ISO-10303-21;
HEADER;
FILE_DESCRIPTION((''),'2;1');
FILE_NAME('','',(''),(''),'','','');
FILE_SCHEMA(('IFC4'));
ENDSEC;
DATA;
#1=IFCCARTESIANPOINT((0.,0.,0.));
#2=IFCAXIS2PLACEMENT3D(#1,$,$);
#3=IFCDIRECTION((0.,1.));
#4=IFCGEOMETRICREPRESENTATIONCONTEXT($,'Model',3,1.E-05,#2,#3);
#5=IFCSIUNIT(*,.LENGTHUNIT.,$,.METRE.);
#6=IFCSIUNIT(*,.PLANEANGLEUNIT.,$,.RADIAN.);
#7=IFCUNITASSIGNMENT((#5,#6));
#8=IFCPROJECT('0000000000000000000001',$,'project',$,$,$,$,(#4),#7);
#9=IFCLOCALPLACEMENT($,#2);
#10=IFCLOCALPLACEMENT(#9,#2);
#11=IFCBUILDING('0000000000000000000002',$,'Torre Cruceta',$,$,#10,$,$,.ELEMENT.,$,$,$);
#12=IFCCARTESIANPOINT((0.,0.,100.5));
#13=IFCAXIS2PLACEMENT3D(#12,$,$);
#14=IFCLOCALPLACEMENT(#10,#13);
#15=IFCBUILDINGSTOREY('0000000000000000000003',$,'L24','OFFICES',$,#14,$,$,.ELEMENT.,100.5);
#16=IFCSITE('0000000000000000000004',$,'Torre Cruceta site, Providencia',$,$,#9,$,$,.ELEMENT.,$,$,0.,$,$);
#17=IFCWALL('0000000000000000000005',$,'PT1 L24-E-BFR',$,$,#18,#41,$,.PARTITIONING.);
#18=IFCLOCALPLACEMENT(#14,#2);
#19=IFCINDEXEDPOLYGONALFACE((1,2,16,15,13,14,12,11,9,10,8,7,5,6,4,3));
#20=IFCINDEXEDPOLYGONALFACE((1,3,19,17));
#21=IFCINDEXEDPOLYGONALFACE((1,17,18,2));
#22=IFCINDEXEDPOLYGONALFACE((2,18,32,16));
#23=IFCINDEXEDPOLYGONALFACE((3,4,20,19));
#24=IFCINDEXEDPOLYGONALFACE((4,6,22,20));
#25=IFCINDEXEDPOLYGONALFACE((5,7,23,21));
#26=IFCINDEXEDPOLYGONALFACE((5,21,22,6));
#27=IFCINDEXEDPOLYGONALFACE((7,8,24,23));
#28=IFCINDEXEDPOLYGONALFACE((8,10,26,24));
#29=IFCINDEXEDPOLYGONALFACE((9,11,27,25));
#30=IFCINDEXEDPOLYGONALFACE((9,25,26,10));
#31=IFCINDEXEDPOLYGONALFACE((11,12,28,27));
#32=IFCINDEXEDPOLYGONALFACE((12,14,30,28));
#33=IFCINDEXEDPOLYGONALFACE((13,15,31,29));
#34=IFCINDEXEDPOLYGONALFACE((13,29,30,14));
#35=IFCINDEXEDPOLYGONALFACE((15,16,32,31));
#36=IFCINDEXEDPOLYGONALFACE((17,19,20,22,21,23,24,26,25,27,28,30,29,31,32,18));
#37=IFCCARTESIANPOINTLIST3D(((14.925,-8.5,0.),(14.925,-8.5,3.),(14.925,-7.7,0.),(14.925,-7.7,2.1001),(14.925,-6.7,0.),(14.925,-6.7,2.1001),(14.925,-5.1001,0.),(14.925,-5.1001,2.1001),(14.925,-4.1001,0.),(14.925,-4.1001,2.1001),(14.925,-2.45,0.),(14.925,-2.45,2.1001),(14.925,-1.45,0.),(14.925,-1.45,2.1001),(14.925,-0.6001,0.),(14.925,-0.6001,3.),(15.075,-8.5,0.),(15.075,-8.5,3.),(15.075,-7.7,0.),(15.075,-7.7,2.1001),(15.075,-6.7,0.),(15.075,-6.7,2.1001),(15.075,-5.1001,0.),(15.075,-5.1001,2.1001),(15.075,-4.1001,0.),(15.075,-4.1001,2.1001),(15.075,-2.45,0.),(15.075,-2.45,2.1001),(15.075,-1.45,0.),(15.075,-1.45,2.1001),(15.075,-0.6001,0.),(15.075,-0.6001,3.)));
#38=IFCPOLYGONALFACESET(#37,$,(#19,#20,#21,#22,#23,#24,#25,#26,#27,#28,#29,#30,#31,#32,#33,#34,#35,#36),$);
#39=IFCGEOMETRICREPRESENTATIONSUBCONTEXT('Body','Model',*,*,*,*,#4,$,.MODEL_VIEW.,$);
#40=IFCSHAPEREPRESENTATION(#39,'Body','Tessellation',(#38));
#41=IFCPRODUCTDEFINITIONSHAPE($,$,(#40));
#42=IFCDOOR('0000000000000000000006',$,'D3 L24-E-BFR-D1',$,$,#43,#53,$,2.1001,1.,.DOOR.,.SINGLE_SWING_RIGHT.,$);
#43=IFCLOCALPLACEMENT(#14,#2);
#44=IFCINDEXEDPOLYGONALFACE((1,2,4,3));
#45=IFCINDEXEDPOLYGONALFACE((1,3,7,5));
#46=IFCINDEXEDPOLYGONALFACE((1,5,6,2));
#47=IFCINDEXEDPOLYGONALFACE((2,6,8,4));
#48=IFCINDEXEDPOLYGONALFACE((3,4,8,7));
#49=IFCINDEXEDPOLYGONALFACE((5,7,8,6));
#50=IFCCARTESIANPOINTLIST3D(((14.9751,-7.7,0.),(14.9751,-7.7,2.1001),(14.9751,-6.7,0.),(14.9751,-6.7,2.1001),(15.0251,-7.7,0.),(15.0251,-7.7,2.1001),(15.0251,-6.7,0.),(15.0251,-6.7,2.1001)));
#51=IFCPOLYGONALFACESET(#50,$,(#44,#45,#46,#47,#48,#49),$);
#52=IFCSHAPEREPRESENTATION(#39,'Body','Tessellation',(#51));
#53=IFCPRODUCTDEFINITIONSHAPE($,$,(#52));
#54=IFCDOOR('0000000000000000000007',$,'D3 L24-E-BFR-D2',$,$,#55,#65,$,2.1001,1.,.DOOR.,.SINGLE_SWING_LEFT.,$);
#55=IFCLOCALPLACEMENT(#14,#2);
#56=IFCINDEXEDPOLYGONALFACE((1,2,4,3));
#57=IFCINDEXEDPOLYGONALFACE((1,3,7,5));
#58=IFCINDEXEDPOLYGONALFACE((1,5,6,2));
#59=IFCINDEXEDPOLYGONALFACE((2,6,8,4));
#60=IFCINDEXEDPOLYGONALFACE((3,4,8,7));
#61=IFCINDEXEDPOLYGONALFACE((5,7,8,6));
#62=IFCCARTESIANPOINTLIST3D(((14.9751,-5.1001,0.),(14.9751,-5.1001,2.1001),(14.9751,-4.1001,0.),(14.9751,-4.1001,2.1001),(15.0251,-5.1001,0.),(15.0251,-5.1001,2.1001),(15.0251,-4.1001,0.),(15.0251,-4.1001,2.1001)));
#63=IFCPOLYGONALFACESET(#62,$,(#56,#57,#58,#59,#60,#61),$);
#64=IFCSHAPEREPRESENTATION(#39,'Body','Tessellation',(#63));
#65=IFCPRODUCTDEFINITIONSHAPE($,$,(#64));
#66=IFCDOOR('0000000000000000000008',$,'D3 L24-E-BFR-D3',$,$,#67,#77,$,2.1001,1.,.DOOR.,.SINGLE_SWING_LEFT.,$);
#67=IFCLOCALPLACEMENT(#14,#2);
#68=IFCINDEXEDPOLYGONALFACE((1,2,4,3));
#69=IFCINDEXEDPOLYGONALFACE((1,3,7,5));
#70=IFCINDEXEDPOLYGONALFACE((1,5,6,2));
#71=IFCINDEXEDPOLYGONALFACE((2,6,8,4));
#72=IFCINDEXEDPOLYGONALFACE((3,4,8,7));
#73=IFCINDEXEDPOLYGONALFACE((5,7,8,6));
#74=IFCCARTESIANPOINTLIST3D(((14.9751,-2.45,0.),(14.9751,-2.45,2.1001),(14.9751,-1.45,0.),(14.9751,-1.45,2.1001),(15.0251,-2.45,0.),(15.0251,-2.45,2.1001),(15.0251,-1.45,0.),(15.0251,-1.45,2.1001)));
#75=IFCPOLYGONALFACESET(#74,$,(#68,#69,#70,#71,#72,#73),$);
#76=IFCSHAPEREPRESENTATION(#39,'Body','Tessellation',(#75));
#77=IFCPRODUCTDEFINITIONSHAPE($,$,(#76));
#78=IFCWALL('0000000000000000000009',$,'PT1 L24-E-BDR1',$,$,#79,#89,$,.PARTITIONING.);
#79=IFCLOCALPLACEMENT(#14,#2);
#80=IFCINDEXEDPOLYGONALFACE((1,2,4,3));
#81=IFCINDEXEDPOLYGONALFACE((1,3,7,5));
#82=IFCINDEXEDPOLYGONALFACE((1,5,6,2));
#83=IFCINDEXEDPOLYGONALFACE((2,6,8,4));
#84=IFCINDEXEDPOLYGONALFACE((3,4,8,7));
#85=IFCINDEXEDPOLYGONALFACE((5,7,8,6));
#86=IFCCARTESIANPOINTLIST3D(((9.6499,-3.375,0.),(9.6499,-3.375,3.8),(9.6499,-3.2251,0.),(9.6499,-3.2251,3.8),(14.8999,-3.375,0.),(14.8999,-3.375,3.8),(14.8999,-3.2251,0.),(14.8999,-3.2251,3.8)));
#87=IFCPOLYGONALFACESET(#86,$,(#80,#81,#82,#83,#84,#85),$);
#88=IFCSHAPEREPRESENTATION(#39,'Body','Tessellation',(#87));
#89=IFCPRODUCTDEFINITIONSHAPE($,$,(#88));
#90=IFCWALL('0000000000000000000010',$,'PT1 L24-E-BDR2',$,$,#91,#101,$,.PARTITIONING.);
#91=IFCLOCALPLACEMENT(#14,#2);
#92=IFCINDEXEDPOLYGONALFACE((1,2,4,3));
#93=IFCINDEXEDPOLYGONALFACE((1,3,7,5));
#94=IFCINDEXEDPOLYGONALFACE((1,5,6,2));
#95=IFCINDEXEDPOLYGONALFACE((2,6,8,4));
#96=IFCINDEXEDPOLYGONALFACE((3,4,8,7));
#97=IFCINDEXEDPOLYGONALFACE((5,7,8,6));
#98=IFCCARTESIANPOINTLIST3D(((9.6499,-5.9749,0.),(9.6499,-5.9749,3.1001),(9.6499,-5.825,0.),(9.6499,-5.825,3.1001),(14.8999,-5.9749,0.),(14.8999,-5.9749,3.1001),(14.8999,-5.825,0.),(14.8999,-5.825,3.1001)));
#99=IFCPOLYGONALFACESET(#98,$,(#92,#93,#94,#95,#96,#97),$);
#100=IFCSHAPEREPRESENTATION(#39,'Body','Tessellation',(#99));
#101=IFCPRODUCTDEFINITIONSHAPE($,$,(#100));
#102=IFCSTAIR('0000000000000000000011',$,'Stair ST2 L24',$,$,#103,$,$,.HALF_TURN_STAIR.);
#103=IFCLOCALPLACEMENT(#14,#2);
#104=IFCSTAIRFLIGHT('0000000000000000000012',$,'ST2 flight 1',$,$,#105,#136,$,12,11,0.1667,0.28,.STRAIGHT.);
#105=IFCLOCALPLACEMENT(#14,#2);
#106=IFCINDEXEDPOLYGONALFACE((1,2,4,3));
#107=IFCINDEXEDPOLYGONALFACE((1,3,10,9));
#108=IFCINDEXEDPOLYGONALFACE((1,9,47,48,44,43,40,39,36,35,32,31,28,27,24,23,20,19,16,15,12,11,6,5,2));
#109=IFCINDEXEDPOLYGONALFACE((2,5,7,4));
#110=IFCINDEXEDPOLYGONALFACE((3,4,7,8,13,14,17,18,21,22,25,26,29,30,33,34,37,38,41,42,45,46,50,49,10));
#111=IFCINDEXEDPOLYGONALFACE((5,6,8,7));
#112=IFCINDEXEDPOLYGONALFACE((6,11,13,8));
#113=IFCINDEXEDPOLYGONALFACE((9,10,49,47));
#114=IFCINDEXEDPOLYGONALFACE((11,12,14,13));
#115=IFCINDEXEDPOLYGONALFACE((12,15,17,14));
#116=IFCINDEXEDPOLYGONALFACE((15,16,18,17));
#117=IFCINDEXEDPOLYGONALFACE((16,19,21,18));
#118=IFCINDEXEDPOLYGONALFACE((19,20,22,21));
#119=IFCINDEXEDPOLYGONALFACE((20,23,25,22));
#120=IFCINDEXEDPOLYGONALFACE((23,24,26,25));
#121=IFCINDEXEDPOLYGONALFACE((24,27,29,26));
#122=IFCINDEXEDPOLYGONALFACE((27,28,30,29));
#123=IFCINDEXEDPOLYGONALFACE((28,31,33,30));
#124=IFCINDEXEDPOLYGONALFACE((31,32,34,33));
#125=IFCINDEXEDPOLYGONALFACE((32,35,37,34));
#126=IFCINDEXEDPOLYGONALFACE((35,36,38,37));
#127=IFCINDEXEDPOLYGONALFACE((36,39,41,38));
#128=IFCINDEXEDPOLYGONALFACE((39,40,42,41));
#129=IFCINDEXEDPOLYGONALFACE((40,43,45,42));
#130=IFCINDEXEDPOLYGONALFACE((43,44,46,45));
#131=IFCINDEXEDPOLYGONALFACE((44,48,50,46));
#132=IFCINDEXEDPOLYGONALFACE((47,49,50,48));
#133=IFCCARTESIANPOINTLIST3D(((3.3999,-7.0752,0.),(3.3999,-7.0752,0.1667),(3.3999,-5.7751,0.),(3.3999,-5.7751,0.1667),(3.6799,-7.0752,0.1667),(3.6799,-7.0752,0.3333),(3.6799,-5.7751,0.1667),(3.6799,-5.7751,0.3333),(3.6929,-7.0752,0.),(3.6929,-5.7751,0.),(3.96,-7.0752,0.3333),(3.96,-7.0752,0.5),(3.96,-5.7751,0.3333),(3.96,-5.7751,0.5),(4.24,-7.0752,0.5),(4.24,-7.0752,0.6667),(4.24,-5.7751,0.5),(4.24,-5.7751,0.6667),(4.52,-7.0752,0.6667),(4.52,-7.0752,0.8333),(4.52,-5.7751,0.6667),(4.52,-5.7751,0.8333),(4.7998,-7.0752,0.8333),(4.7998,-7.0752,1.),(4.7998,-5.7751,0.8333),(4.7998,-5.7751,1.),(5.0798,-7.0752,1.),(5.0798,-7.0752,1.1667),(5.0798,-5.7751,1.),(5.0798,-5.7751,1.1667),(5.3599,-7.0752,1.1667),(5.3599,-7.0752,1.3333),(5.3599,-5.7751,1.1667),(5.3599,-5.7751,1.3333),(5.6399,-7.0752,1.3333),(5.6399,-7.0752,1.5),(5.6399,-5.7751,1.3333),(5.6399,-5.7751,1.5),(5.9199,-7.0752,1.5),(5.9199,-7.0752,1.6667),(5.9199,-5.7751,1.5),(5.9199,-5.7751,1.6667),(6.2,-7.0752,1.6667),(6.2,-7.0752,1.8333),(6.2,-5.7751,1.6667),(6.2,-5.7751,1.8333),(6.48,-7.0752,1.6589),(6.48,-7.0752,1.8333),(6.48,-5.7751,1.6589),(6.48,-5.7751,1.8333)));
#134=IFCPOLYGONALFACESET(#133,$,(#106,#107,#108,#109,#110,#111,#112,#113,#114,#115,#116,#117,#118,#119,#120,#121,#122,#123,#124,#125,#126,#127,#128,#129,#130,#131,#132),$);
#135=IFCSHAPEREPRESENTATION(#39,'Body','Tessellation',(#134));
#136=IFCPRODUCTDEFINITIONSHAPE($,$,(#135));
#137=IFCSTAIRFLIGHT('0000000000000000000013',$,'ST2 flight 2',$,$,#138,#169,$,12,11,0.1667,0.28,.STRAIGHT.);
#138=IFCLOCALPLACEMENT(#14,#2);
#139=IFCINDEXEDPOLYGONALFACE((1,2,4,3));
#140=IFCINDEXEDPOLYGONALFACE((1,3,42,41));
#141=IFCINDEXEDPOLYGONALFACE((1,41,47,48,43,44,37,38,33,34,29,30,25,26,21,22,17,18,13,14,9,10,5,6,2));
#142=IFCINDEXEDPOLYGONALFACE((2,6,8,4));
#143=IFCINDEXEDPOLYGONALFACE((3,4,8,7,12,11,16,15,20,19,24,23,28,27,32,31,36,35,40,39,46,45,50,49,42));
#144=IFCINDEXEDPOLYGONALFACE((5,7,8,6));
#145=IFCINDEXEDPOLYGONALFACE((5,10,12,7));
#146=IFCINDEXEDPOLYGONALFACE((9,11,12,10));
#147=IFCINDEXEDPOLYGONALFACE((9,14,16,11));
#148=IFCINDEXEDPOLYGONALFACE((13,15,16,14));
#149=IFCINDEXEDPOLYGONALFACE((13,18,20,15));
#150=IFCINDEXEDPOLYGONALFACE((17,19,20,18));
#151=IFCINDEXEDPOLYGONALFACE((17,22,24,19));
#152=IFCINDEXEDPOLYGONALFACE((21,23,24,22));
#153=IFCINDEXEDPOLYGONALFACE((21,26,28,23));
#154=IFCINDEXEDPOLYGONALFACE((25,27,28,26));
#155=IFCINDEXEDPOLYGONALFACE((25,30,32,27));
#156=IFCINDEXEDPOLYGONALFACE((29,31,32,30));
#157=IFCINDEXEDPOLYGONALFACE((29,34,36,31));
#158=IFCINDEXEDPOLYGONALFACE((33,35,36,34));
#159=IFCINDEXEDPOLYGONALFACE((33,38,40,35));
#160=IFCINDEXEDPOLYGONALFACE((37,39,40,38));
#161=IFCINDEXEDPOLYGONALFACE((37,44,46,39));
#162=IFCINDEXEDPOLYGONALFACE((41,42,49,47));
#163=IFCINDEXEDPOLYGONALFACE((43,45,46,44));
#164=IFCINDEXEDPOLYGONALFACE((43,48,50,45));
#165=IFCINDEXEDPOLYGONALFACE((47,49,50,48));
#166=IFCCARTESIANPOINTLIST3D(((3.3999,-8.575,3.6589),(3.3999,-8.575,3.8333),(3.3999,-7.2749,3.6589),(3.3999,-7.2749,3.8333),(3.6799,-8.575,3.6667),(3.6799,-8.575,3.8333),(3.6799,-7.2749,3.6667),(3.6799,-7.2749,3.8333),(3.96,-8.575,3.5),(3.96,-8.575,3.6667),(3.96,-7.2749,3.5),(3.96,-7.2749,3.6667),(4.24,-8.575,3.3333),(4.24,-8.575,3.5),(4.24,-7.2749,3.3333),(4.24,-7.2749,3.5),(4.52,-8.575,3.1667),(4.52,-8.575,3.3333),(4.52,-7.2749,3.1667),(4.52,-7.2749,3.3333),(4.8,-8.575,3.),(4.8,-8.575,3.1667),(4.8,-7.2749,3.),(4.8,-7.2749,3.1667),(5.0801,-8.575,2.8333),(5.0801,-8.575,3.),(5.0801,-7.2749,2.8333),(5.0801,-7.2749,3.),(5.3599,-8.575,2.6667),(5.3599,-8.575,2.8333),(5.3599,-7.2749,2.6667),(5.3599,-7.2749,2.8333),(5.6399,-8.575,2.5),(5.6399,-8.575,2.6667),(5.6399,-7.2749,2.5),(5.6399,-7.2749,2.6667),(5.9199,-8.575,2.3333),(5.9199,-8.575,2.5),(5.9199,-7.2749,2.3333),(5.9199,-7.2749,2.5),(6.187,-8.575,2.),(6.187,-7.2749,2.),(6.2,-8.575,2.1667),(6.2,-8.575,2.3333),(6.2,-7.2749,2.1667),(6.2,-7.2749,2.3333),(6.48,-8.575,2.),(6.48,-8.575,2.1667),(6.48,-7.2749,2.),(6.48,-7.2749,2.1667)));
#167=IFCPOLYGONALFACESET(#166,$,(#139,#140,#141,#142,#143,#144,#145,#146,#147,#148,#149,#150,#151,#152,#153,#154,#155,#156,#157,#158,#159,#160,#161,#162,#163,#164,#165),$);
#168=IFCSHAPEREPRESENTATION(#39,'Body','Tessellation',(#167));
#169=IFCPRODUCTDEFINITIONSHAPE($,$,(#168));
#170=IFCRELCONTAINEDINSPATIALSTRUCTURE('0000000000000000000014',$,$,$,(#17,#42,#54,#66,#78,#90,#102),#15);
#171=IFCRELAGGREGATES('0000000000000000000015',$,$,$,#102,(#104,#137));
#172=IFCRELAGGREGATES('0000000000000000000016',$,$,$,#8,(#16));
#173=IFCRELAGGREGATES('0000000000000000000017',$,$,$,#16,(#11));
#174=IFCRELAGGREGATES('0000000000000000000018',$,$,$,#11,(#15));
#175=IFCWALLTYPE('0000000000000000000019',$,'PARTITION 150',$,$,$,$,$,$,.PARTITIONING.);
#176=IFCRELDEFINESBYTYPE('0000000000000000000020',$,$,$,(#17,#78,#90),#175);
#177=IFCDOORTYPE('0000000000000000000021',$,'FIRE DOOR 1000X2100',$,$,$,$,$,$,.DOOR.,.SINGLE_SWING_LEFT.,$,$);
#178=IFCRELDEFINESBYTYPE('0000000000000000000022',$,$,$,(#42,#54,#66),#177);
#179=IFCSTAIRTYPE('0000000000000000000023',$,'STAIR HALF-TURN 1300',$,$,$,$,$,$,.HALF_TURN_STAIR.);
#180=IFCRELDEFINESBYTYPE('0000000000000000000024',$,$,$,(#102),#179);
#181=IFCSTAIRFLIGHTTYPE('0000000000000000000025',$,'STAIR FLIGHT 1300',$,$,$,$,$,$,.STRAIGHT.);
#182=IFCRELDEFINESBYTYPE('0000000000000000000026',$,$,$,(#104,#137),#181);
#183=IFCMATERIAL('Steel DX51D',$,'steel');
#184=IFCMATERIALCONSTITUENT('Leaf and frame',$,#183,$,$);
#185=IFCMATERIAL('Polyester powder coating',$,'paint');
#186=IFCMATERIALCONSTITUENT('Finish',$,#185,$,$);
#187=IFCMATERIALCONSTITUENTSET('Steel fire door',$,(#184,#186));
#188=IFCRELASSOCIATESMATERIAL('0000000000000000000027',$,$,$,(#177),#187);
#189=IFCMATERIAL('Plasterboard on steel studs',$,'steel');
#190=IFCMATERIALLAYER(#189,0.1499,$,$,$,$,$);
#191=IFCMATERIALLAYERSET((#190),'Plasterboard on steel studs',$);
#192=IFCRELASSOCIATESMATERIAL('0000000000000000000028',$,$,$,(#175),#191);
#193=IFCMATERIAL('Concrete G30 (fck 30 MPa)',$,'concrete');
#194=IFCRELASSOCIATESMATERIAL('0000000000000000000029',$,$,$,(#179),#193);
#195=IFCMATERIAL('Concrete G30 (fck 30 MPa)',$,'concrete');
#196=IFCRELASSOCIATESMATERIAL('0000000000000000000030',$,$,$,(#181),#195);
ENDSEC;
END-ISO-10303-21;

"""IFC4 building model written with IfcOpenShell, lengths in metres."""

from ifc_helpers import new_model, si_unit, direction, frame, frame_2d, origin, place, context, subcontext, project, spatial, polyline, rectangle, outline, extrude, material, layer, layer_set, constituent, constituent_set, type_object, element, fill, aggregate, save


model = new_model("IFC4")

# Units and contexts
model_context = context("Model", 3, precision=1e-05, world=origin(), true_north=direction((0.0, 1.0)))
body_context = subcontext(model_context, "Body", "Model", "MODEL_VIEW")
ifc_project = project(units=[si_unit("LENGTHUNIT", "METRE"), si_unit("PLANEANGLEUNIT", "RADIAN")], contexts=[model_context])

# Site, building, storey
site_placement = place(None, origin())
site = spatial("IfcSite", under=ifc_project, at=site_placement, Name="Torre Cruceta site, Providencia", CompositionType="ELEMENT", RefElevation=0.0)
building_placement = place(site_placement, origin())
building = spatial("IfcBuilding", under=site, at=building_placement, Name="Torre Cruceta", CompositionType="ELEMENT")
storey_placement = place(building_placement, frame((0.0, 0.0, 100.5)))
storey = spatial("IfcBuildingStorey", under=building, at=storey_placement, Name="L24", Description="OFFICES", CompositionType="ELEMENT", Elevation=100.5)

# Shared definitions
ifc_material_1 = material(Name="Steel DX51D", Category="steel")
ifc_constituent_1 = constituent(ifc_material_1, Name="Leaf and frame")
ifc_material_2 = material(Name="Polyester powder coating", Category="paint")
ifc_constituent_2 = constituent(ifc_material_2, Name="Finish")
ifc_constituent_set_1 = constituent_set(constituents=[ifc_constituent_1, ifc_constituent_2], Name="Steel fire door")
door_type_1 = type_object("IfcDoorType", Name="FIRE DOOR 1000X2100", OperationType="SINGLE_SWING_LEFT", PredefinedType="DOOR", material=ifc_constituent_set_1)

# Shared definitions
ifc_material_3 = material(Name="Plasterboard on steel studs", Category="steel")
ifc_layer_1 = layer(ifc_material_3, 0.1499)
ifc_layer_set_1 = layer_set([ifc_layer_1], Name="Plasterboard on steel studs")
wall_type_1 = type_object("IfcWallType", Name="PARTITION 150", PredefinedType="PARTITIONING", material=ifc_layer_set_1)

# Wall, openings, doors
wall_1_placement = place(storey_placement, frame((15.0, -8.5, 0.0), z_axis=(0.0, 0.0, 1.0), x_axis=(0.0, 1.0, 0.0)))
wall_1 = element("IfcWall", 1, at=wall_1_placement, inside=storey, type_object=wall_type_1, Name="PT1 L24-E-BFR", PredefinedType="PARTITIONING", context=body_context, shape_type="SweptSolid", body=[
    extrude(rectangle(XDim=7.8999, YDim=0.1499, at=frame_2d((3.95, 0.0))), origin(), (0.0, 0.0, 1.0), 3.0),
])
opening_1_placement = place(wall_1_placement, frame((0.8, 0.0, 0.0)))
opening_1 = element("IfcOpeningElement", 2, at=opening_1_placement, cuts=wall_1, PredefinedType="OPENING", context=body_context, shape_type="SweptSolid", body=[
    extrude(rectangle(XDim=1.0, YDim=2.1001, at=frame_2d((0.5, 1.05))), frame((0.0, 0.085, 0.0), z_axis=(0.0, -1.0, 0.0), x_axis=(1.0, 0.0, 0.0)), (0.0, 0.0, 1.0), 0.1699),
])
opening_2_placement = place(wall_1_placement, frame((3.3999, 0.0, 0.0)))
opening_2 = element("IfcOpeningElement", 3, at=opening_2_placement, cuts=wall_1, PredefinedType="OPENING", context=body_context, shape_type="SweptSolid", body=[
    extrude(rectangle(XDim=1.0, YDim=2.1001, at=frame_2d((0.5, 1.05))), frame((0.0, 0.085, 0.0), z_axis=(0.0, -1.0, 0.0), x_axis=(1.0, 0.0, 0.0)), (0.0, 0.0, 1.0), 0.1699),
])
opening_3_placement = place(wall_1_placement, frame((6.05, 0.0, 0.0)))
opening_3 = element("IfcOpeningElement", 4, at=opening_3_placement, cuts=wall_1, PredefinedType="OPENING", context=body_context, shape_type="SweptSolid", body=[
    extrude(rectangle(XDim=1.0, YDim=2.1001, at=frame_2d((0.5, 1.05))), frame((0.0, 0.085, 0.0), z_axis=(0.0, -1.0, 0.0), x_axis=(1.0, 0.0, 0.0)), (0.0, 0.0, 1.0), 0.1699),
])
door_1_placement = place(opening_1_placement, origin())
door_1 = element("IfcDoor", 5, at=door_1_placement, inside=storey, type_object=door_type_1, Name="D3 L24-E-BFR-D1", OperationType="SINGLE_SWING_RIGHT", OverallHeight=2.1001, OverallWidth=1.0, PredefinedType="DOOR", context=body_context, shape_type="SweptSolid", body=[
    extrude(rectangle(XDim=1.0, YDim=2.1001, at=frame_2d((0.5, 1.05))), frame((0.0, 0.0249, 0.0), z_axis=(0.0, -1.0, 0.0), x_axis=(1.0, 0.0, 0.0)), (0.0, 0.0, 1.0), 0.05),
])
fill(opening_1, door_1)
door_2_placement = place(opening_2_placement, origin())
door_2 = element("IfcDoor", 6, at=door_2_placement, inside=storey, type_object=door_type_1, Name="D3 L24-E-BFR-D2", OperationType="SINGLE_SWING_LEFT", OverallHeight=2.1001, OverallWidth=1.0, PredefinedType="DOOR", context=body_context, shape_type="SweptSolid", body=[
    extrude(rectangle(XDim=1.0, YDim=2.1001, at=frame_2d((0.5, 1.05))), frame((0.0, 0.0249, 0.0), z_axis=(0.0, -1.0, 0.0), x_axis=(1.0, 0.0, 0.0)), (0.0, 0.0, 1.0), 0.05),
])
fill(opening_2, door_2)
door_3_placement = place(opening_3_placement, origin())
door_3 = element("IfcDoor", 7, at=door_3_placement, inside=storey, type_object=door_type_1, Name="D3 L24-E-BFR-D3", OperationType="SINGLE_SWING_LEFT", OverallHeight=2.1001, OverallWidth=1.0, PredefinedType="DOOR", context=body_context, shape_type="SweptSolid", body=[
    extrude(rectangle(XDim=1.0, YDim=2.1001, at=frame_2d((0.5, 1.05))), frame((0.0, 0.0249, 0.0), z_axis=(0.0, -1.0, 0.0), x_axis=(1.0, 0.0, 0.0)), (0.0, 0.0, 1.0), 0.05),
])
fill(opening_3, door_3)

# Walls
wall_2_placement = place(storey_placement, frame((9.6499, -3.3, 0.0), z_axis=(0.0, 0.0, 1.0), x_axis=(1.0, 0.0, 0.0)))
element("IfcWall", 8, at=wall_2_placement, inside=storey, type_object=wall_type_1, Name="PT1 L24-E-BDR1", PredefinedType="PARTITIONING", context=body_context, shape_type="SweptSolid", body=[
    extrude(rectangle(XDim=5.25, YDim=0.1499, at=frame_2d((2.625, 0.0))), origin(), (0.0, 0.0, 1.0), 3.8),
])
wall_3_placement = place(storey_placement, frame((9.6499, -5.8999, 0.0), z_axis=(0.0, 0.0, 1.0), x_axis=(1.0, 0.0, 0.0)))
element("IfcWall", 9, at=wall_3_placement, inside=storey, type_object=wall_type_1, Name="PT1 L24-E-BDR2", PredefinedType="PARTITIONING", context=body_context, shape_type="SweptSolid", body=[
    extrude(rectangle(XDim=5.25, YDim=0.1499, at=frame_2d((2.625, 0.0))), origin(), (0.0, 0.0, 1.0), 3.1001),
])

# Stair, stair flights
ifc_material_4 = material(Name="Concrete G30 (fck 30 MPa)", Category="concrete")
stair_type = type_object("IfcStairType", Name="STAIR HALF-TURN 1300", PredefinedType="HALF_TURN_STAIR", material=ifc_material_4)
stair_placement = place(storey_placement, origin())
stair = element("IfcStair", 10, at=stair_placement, inside=storey, type_object=stair_type, Name="Stair ST2 L24", PredefinedType="HALF_TURN_STAIR")
ifc_material_5 = material(Name="Concrete G30 (fck 30 MPa)", Category="concrete")
stair_flight_type = type_object("IfcStairFlightType", Name="STAIR FLIGHT 1300", PredefinedType="STRAIGHT", material=ifc_material_5)
stair_flight_1_placement = place(storey_placement, frame((3.3999, -6.425, 0.0), z_axis=(0.0, 0.0, 1.0), x_axis=(1.0, 0.0, 0.0)))
stair_flight_1 = element("IfcStairFlight", 11, at=stair_flight_1_placement, type_object=stair_flight_type, Name="ST2 flight 1", NumberOfRisers=12, NumberOfTreads=11, PredefinedType="STRAIGHT", RiserHeight=0.1667, TreadLength=0.28, context=body_context, shape_type="SweptSolid", body=[
    extrude(outline(polyline([(0.0, 0.0), (0.0, 0.1667), (0.28, 0.1667), (0.28, 0.3333), (0.5601, 0.3333), (0.5601, 0.5), (0.8401, 0.5), (0.8401, 0.6667), (1.1201, 0.6667), (1.1201, 0.8333), (1.3999, 0.8333), (1.3999, 1.0), (1.6799, 1.0), (1.6799, 1.1667), (1.96, 1.1667), (1.96, 1.3333), (2.24, 1.3333), (2.24, 1.5), (2.52, 1.5), (2.52, 1.6667), (2.8, 1.6667), (2.8, 1.8333), (3.0801, 1.8333), (3.0801, 2.0), (3.0801, 1.6589), (0.293, 0.0), (0.0, 0.0)])), frame((0.0, 0.6499, 0.0), z_axis=(0.0, -1.0, 0.0), x_axis=(1.0, 0.0, 0.0)), (0.0, 0.0, 1.0), 1.3),
])
stair_flight_2_placement = place(storey_placement, frame((6.48, -7.925, 2.0), z_axis=(0.0, 0.0, 1.0), x_axis=(-1.0, 0.0, 0.0)))
stair_flight_2 = element("IfcStairFlight", 12, at=stair_flight_2_placement, type_object=stair_flight_type, Name="ST2 flight 2", NumberOfRisers=12, NumberOfTreads=11, PredefinedType="STRAIGHT", RiserHeight=0.1667, TreadLength=0.28, context=body_context, shape_type="SweptSolid", body=[
    extrude(outline(polyline([(0.0, 0.0), (0.0, 0.1667), (0.28, 0.1667), (0.28, 0.3333), (0.5601, 0.3333), (0.5601, 0.5), (0.8401, 0.5), (0.8401, 0.6667), (1.1201, 0.6667), (1.1201, 0.8333), (1.3999, 0.8333), (1.3999, 1.0), (1.6799, 1.0), (1.6799, 1.1667), (1.96, 1.1667), (1.96, 1.3333), (2.24, 1.3333), (2.24, 1.5), (2.52, 1.5), (2.52, 1.6667), (2.8, 1.6667), (2.8, 1.8333), (3.0801, 1.8333), (3.0801, 2.0), (3.0801, 1.6589), (0.293, 0.0), (0.0, 0.0)])), frame((0.0, 0.6499, 0.0), z_axis=(0.0, -1.0, 0.0), x_axis=(1.0, 0.0, 0.0)), (0.0, 0.0, 1.0), 1.3),
])
aggregate(stair, [stair_flight_1, stair_flight_2])

save(model, "model.ifc")
